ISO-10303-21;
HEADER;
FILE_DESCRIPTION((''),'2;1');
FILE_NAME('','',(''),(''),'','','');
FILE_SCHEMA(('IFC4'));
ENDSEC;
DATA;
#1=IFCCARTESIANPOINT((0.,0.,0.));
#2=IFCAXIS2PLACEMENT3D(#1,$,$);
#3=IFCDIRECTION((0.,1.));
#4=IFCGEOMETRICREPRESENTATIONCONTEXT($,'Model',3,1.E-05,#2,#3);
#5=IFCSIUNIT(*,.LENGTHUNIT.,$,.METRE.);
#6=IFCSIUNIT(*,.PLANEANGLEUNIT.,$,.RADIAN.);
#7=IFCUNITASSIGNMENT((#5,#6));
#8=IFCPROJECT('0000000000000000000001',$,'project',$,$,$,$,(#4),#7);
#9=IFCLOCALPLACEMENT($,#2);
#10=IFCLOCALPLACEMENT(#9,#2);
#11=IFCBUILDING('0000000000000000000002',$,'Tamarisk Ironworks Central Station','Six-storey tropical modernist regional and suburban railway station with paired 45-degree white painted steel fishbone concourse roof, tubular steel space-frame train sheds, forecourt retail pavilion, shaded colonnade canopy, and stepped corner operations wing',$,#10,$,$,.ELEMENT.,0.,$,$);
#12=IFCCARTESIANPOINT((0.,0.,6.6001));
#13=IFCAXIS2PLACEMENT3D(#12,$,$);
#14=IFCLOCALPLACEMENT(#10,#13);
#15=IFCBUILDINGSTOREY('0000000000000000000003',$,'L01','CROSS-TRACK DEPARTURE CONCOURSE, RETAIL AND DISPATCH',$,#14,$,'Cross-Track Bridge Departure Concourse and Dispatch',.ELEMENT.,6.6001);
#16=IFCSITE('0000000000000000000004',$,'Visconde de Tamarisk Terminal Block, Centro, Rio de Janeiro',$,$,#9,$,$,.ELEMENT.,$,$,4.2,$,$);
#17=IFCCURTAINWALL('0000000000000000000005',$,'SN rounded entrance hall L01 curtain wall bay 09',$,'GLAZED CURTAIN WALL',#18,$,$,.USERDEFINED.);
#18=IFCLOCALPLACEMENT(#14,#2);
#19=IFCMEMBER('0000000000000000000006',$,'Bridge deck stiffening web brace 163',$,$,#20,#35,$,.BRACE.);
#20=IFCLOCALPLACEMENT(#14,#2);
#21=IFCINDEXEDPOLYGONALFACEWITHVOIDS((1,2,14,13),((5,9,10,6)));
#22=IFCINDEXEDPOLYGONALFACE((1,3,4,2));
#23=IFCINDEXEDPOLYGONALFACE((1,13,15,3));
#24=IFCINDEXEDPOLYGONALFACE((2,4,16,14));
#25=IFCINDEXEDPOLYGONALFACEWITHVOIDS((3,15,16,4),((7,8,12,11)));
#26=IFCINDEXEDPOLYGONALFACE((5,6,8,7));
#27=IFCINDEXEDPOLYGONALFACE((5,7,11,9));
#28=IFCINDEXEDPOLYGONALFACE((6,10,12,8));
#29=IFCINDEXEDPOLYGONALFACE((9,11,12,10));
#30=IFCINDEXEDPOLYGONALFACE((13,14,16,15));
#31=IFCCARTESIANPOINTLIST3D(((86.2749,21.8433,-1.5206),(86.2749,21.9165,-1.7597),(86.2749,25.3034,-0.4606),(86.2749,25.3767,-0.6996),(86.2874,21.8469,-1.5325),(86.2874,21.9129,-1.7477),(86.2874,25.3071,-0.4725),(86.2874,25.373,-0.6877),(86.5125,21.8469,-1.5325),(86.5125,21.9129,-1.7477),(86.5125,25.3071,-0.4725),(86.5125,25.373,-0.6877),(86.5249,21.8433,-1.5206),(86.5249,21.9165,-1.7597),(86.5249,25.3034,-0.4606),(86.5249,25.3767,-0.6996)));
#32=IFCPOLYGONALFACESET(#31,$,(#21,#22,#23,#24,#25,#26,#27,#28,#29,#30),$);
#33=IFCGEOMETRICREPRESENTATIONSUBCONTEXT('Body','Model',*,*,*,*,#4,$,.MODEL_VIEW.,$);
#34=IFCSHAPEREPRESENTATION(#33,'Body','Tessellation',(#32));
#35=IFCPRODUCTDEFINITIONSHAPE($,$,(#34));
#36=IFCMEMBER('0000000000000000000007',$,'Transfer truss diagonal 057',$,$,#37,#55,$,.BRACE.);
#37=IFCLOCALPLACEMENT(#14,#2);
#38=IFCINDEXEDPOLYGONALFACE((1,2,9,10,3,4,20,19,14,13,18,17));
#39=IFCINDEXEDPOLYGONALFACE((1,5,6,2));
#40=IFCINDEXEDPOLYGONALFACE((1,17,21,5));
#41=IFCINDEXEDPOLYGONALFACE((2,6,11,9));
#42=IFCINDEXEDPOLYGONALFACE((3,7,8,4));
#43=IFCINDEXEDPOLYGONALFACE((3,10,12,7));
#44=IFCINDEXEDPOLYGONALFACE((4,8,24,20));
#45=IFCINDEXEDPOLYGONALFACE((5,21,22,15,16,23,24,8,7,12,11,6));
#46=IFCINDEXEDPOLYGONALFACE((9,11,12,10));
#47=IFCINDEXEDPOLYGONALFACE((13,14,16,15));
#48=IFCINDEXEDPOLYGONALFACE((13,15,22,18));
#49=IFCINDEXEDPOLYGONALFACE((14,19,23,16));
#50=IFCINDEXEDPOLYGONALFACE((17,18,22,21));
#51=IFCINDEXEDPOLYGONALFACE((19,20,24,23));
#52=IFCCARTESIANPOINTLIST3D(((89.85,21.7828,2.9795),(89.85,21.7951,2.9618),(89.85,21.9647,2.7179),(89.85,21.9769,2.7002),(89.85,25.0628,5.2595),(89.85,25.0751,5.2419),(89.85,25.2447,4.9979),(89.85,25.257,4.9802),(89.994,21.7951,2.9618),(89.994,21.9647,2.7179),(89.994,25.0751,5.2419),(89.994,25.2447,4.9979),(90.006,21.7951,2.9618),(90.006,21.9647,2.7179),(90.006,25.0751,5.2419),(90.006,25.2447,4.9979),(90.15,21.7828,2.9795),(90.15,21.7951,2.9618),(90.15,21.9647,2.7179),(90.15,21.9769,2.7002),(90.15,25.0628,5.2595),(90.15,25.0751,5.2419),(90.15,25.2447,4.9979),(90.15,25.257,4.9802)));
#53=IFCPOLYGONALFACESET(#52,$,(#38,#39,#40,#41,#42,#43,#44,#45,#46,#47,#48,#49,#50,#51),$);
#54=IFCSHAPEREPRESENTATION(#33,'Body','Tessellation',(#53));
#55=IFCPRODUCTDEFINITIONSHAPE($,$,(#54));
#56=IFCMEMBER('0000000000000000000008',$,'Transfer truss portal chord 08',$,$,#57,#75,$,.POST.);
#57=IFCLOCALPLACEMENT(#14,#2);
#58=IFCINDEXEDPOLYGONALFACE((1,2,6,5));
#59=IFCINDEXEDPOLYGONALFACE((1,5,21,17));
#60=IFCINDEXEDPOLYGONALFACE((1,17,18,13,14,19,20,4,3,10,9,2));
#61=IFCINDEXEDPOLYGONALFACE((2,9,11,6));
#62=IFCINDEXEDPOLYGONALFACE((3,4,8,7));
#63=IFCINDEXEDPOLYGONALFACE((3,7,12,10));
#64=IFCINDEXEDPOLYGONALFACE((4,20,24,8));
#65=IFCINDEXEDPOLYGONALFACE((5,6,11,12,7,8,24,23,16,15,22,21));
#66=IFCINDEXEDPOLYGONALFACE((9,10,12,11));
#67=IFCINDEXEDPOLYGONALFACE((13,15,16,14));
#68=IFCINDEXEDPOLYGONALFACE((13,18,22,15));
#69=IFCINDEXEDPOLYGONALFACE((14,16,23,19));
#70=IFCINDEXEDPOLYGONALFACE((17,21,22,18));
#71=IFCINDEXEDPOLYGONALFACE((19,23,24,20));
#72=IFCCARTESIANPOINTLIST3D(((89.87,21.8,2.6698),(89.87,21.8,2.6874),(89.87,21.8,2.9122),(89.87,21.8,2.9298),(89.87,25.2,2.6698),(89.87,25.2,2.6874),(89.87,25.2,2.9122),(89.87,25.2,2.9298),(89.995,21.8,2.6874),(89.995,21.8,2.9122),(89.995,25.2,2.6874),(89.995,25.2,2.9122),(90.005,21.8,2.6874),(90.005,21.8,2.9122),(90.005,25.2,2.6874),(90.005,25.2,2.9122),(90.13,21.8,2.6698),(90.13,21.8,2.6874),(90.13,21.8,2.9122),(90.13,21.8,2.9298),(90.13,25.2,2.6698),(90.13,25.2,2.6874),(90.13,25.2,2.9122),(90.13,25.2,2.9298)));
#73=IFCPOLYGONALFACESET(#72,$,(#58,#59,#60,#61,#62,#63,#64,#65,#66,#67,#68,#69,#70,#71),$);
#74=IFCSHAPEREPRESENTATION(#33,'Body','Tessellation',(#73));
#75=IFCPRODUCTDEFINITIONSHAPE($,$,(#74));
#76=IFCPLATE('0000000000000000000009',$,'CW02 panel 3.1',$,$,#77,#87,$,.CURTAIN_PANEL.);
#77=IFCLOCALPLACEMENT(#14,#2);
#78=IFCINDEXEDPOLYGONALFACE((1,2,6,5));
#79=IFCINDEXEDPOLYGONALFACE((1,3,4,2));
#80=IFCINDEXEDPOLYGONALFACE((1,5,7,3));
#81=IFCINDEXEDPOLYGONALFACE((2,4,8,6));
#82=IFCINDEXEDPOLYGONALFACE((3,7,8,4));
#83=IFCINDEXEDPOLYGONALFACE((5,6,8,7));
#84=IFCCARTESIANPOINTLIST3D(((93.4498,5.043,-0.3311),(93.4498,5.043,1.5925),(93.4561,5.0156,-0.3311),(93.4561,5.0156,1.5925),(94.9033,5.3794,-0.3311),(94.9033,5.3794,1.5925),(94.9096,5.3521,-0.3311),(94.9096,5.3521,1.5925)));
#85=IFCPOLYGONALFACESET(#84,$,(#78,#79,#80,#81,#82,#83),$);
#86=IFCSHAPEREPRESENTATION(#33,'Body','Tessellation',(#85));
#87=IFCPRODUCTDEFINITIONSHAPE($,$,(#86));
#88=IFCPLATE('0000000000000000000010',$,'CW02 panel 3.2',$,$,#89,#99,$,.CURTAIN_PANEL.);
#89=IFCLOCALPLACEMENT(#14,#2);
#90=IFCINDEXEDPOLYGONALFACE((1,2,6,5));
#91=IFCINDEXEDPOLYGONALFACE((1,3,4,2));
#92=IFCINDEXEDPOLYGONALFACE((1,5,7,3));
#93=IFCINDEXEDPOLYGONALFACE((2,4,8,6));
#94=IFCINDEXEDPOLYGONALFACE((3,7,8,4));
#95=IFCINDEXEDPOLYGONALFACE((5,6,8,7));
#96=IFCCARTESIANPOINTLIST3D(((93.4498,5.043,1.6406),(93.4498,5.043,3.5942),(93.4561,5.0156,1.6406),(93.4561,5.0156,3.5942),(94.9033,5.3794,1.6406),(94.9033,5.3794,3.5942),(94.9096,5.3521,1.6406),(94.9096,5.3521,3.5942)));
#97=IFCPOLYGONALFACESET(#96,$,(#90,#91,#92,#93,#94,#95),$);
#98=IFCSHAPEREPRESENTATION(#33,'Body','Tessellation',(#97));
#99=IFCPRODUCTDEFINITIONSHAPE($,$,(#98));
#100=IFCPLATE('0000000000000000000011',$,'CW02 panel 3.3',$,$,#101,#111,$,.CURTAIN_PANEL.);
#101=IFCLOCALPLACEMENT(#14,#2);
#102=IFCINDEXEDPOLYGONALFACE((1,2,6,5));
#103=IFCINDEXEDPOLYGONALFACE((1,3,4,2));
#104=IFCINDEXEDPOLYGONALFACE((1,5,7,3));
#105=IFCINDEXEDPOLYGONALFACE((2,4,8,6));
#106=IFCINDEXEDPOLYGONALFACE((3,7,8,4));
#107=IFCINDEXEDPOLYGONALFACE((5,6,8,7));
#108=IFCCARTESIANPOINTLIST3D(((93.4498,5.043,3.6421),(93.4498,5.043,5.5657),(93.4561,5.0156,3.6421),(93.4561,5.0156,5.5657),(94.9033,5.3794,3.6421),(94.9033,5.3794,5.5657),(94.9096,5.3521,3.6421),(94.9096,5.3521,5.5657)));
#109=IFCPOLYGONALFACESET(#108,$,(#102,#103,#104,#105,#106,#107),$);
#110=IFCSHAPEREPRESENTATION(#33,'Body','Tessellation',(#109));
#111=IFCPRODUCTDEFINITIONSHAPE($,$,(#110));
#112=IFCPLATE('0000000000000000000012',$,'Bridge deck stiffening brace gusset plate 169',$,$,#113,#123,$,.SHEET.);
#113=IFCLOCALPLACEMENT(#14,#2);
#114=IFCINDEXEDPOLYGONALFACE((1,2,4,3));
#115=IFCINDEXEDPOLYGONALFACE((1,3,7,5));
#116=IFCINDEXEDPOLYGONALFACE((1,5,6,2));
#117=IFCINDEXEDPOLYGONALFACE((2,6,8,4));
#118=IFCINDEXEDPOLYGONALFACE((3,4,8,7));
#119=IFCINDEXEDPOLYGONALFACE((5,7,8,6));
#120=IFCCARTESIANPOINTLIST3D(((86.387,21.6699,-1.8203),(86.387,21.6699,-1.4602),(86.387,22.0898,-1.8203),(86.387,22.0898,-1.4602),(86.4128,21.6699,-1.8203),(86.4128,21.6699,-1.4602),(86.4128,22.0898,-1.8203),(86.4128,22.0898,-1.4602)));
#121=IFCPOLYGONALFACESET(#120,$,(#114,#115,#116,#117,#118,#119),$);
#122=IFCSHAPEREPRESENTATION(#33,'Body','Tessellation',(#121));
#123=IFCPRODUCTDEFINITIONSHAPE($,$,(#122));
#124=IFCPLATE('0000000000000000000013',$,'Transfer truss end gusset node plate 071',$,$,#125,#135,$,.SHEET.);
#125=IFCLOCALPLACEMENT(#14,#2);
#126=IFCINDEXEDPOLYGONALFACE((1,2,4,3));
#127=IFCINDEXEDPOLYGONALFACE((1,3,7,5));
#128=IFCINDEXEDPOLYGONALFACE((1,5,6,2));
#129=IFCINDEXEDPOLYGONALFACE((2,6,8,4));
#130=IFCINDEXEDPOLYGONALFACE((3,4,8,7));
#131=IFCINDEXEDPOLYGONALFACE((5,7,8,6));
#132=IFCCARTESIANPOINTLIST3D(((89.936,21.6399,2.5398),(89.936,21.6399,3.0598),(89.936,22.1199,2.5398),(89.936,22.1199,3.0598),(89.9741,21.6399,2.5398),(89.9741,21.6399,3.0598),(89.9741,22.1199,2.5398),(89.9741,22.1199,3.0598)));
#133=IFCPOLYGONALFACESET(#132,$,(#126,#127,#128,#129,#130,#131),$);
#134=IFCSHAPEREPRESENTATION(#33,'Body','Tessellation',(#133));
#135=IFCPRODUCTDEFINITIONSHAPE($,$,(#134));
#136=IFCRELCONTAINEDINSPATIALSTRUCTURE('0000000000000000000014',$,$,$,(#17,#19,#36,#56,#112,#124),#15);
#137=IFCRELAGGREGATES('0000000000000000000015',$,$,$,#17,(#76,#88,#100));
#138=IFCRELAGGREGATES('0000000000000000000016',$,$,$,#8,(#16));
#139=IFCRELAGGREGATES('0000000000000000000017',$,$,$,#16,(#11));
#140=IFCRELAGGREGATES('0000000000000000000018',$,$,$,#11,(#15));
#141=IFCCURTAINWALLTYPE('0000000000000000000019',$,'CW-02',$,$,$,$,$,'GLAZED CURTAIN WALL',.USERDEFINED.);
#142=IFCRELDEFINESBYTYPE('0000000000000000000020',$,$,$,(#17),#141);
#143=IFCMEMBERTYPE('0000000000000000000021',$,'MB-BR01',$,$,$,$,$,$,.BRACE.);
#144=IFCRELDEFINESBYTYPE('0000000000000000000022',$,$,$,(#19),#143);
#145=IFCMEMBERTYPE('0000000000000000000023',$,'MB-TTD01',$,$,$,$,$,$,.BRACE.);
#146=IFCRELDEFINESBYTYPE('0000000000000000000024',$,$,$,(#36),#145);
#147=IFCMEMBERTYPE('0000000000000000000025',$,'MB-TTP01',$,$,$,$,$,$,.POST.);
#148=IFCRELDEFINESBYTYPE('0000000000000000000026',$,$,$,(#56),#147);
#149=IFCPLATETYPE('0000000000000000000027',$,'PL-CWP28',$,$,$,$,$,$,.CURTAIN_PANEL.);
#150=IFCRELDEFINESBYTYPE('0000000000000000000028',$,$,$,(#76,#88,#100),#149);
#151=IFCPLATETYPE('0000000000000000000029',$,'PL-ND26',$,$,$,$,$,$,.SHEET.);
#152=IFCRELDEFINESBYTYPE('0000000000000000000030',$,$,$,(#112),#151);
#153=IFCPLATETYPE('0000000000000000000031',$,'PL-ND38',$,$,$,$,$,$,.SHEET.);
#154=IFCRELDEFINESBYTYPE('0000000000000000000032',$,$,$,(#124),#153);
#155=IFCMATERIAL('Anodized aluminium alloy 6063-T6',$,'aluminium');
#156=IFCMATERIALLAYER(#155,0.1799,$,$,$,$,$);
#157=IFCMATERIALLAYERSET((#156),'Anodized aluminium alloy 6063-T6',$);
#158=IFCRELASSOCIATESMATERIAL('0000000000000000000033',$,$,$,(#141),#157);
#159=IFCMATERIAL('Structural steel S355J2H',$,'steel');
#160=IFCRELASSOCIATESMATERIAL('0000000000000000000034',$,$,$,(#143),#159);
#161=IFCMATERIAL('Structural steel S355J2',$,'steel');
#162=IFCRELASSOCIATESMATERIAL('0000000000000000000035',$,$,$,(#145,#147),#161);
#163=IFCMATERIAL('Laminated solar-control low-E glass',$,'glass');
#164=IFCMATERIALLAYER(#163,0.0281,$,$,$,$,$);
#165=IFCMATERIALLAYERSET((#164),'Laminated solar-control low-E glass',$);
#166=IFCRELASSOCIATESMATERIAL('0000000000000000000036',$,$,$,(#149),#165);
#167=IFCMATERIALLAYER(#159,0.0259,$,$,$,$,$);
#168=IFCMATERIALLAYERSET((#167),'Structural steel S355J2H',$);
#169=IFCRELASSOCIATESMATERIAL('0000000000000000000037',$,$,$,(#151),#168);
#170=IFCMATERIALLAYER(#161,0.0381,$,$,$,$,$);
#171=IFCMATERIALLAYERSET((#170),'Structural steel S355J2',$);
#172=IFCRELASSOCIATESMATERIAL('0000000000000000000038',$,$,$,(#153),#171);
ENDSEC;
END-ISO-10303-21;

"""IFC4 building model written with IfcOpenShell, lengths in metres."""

from ifc_helpers import new_model, si_unit, direction, frame, origin, origin_2d, place, context, subcontext, project, spatial, rectangle, hollow_rectangle, i_section, extrude, material, layer, layer_set, material_profile, profile_set, type_object, element, aggregate, save


model = new_model("IFC4")

# Units and contexts
model_context = context("Model", 3, precision=1e-05, world=origin(), true_north=direction((0.0, 1.0)))
body_context = subcontext(model_context, "Body", "Model", "MODEL_VIEW")
ifc_project = project(units=[si_unit("LENGTHUNIT", "METRE"), si_unit("PLANEANGLEUNIT", "RADIAN")], contexts=[model_context])

# Site, building, storey
site_placement = place(None, origin())
site = spatial("IfcSite", under=ifc_project, at=site_placement, Name="Visconde de Tamarisk Terminal Block, Centro, Rio de Janeiro", CompositionType="ELEMENT", RefElevation=4.2)
building_placement = place(site_placement, origin())
building = spatial("IfcBuilding", under=site, at=building_placement, Name="Tamarisk Ironworks Central Station", Description="Six-storey tropical modernist regional and suburban railway station with paired 45-degree white painted steel fishbone concourse roof, tubular steel space-frame train sheds, forecourt retail pavilion, shaded colonnade canopy, and stepped corner operations wing", CompositionType="ELEMENT", ElevationOfRefHeight=0.0)
storey_placement = place(building_placement, frame((0.0, 0.0, 6.6001)))
storey = spatial("IfcBuildingStorey", under=building, at=storey_placement, Name="L01", Description="CROSS-TRACK DEPARTURE CONCOURSE, RETAIL AND DISPATCH", LongName="Cross-Track Bridge Departure Concourse and Dispatch", CompositionType="ELEMENT", Elevation=6.6001)

# Shared definitions
ifc_material_1 = material(Name="Structural steel S355J2", Category="steel")

# Curtain wall
ifc_material_2 = material(Name="Anodized aluminium alloy 6063-T6", Category="aluminium")
ifc_layer_1 = layer(ifc_material_2, 0.1799)
ifc_layer_set_1 = layer_set([ifc_layer_1], Name="Anodized aluminium alloy 6063-T6")
curtain_wall_type = type_object("IfcCurtainWallType", Name="CW-02", ElementType="GLAZED CURTAIN WALL", PredefinedType="USERDEFINED", material=ifc_layer_set_1)
curtain_wall_1_placement = place(storey_placement, origin())
curtain_wall_1 = element("IfcCurtainWall", 1, at=curtain_wall_1_placement, inside=storey, type_object=curtain_wall_type, Name="SN rounded entrance hall L01 curtain wall bay 09", ObjectType="GLAZED CURTAIN WALL", PredefinedType="USERDEFINED")

# Members
ifc_material_3 = material(Name="Structural steel S355J2H", Category="steel")
ifc_material_profile_1 = material_profile(ifc_material_3, hollow_rectangle(XDim=0.25, YDim=0.25, WallThickness=0.0125, at=origin_2d()), Name="SHS 250x250x12.5")
ifc_profile_set_1 = profile_set([ifc_material_profile_1], Name="Structural steel S355J2H")
member_type_1 = type_object("IfcMemberType", Name="MB-BR01", PredefinedType="BRACE", material=ifc_profile_set_1)
member_1_placement = place(storey_placement, frame((86.3999, 21.8799, -1.6401), z_axis=(0.0, 0.956137, 0.292919), x_axis=(-1.0, 0.0, 0.0)))
element("IfcMember", 2, at=member_1_placement, inside=storey, type_object=member_type_1, Name="Bridge deck stiffening web brace 163", PredefinedType="BRACE", context=body_context, shape_type="SweptSolid", body=[
    extrude(hollow_rectangle(XDim=0.25, YDim=0.25, WallThickness=0.0125, at=origin_2d()), origin(), (0.0, 0.0, 1.0), 3.6189),
])
ifc_material_profile_2 = material_profile(ifc_material_1, i_section(OverallWidth=0.3, OverallDepth=0.3401, WebThickness=0.012, FlangeThickness=0.0215, at=origin_2d()), Name="HEB 340")
ifc_profile_set_2 = profile_set([ifc_material_profile_2], Name="Structural steel S355J2")
member_type_2 = type_object("IfcMemberType", Name="MB-TTD01", PredefinedType="BRACE", material=ifc_profile_set_2)
member_2_placement = place(storey_placement, frame((90.0, 21.8799, 2.8398), z_axis=(0.0, 0.821108, 0.570773), x_axis=(-1.0, 0.0, 0.0)))
element("IfcMember", 3, at=member_2_placement, inside=storey, type_object=member_type_2, Name="Transfer truss diagonal 057", PredefinedType="BRACE", context=body_context, shape_type="SweptSolid", body=[
    extrude(i_section(OverallWidth=0.3, OverallDepth=0.3401, WebThickness=0.012, FlangeThickness=0.0215, at=origin_2d()), origin(), (0.0, 0.0, 1.0), 3.9946),
])
ifc_material_profile_3 = material_profile(ifc_material_1, i_section(OverallWidth=0.26, OverallDepth=0.26, WebThickness=0.01, FlangeThickness=0.0176, at=origin_2d()), Name="HEB 260")
ifc_profile_set_3 = profile_set([ifc_material_profile_3], Name="Structural steel S355J2")
member_type_3 = type_object("IfcMemberType", Name="MB-TTP01", PredefinedType="POST", material=ifc_profile_set_3)
member_3_placement = place(storey_placement, frame((90.0, 21.8, 2.7998), z_axis=(0.0, 1.0, 0.0), x_axis=(-1.0, 0.0, 0.0)))
element("IfcMember", 4, at=member_3_placement, inside=storey, type_object=member_type_3, Name="Transfer truss portal chord 08", PredefinedType="POST", context=body_context, shape_type="SweptSolid", body=[
    extrude(i_section(OverallWidth=0.26, OverallDepth=0.26, WebThickness=0.01, FlangeThickness=0.0176, at=origin_2d()), origin(), (0.0, 0.0, 1.0), 3.3999),
])

# Plates
ifc_material_4 = material(Name="Laminated solar-control low-E glass", Category="glass")
ifc_layer_2 = layer(ifc_material_4, 0.0281)
ifc_layer_set_2 = layer_set([ifc_layer_2], Name="Laminated solar-control low-E glass")
plate_type_1 = type_object("IfcPlateType", Name="PL-CWP28", PredefinedType="CURTAIN_PANEL", material=ifc_layer_set_2)
plate_1_placement = place(storey_placement, frame((94.1797, 5.1975, -0.3311), z_axis=(0.0, 0.0, 1.0), x_axis=(0.974239, 0.225517, 0.0)))
plate_1 = element("IfcPlate", 5, at=plate_1_placement, type_object=plate_type_1, Name="CW02 panel 3.1", PredefinedType="CURTAIN_PANEL", context=body_context, shape_type="SweptSolid", body=[
    extrude(rectangle(XDim=1.4919, YDim=0.0281, at=origin_2d()), origin(), (0.0, 0.0, 1.0), 1.9236),
])
plate_2_placement = place(storey_placement, frame((94.1797, 5.1975, 1.6406), z_axis=(0.0, 0.0, 1.0), x_axis=(0.974239, 0.225517, 0.0)))
plate_2 = element("IfcPlate", 6, at=plate_2_placement, type_object=plate_type_1, Name="CW02 panel 3.2", PredefinedType="CURTAIN_PANEL", context=body_context, shape_type="SweptSolid", body=[
    extrude(rectangle(XDim=1.4919, YDim=0.0281, at=origin_2d()), origin(), (0.0, 0.0, 1.0), 1.9536),
])
plate_3_placement = place(storey_placement, frame((94.1797, 5.1975, 3.6421), z_axis=(0.0, 0.0, 1.0), x_axis=(0.974239, 0.225517, 0.0)))
plate_3 = element("IfcPlate", 7, at=plate_3_placement, type_object=plate_type_1, Name="CW02 panel 3.3", PredefinedType="CURTAIN_PANEL", context=body_context, shape_type="SweptSolid", body=[
    extrude(rectangle(XDim=1.4919, YDim=0.0281, at=origin_2d()), origin(), (0.0, 0.0, 1.0), 1.9236),
])
aggregate(curtain_wall_1, [plate_1, plate_2, plate_3])

# Plates
ifc_layer_3 = layer(ifc_material_3, 0.0259)
ifc_layer_set_3 = layer_set([ifc_layer_3], Name="Structural steel S355J2H")
plate_type_2 = type_object("IfcPlateType", Name="PL-ND26", PredefinedType="SHEET", material=ifc_layer_set_3)
plate_4_placement = place(storey_placement, frame((86.3999, 21.8799, -1.8203), z_axis=(0.0, 0.0, 1.0), x_axis=(1.0, 0.0, 0.0)))
element("IfcPlate", 8, at=plate_4_placement, inside=storey, type_object=plate_type_2, Name="Bridge deck stiffening brace gusset plate 169", PredefinedType="SHEET", context=body_context, shape_type="SweptSolid", body=[
    extrude(rectangle(XDim=0.0259, YDim=0.4199, at=origin_2d()), origin(), (0.0, 0.0, 1.0), 0.3601),
])
ifc_layer_4 = layer(ifc_material_1, 0.0381)
ifc_layer_set_4 = layer_set([ifc_layer_4], Name="Structural steel S355J2")
plate_type_3 = type_object("IfcPlateType", Name="PL-ND38", PredefinedType="SHEET", material=ifc_layer_set_4)
plate_5_placement = place(storey_placement, frame((89.9551, 21.8799, 2.5398), z_axis=(0.0, 0.0, 1.0), x_axis=(1.0, 0.0, 0.0)))
element("IfcPlate", 9, at=plate_5_placement, inside=storey, type_object=plate_type_3, Name="Transfer truss end gusset node plate 071", PredefinedType="SHEET", context=body_context, shape_type="SweptSolid", body=[
    extrude(rectangle(XDim=0.0381, YDim=0.48, at=origin_2d()), origin(), (0.0, 0.0, 1.0), 0.52),
])

save(model, "model.ifc")
